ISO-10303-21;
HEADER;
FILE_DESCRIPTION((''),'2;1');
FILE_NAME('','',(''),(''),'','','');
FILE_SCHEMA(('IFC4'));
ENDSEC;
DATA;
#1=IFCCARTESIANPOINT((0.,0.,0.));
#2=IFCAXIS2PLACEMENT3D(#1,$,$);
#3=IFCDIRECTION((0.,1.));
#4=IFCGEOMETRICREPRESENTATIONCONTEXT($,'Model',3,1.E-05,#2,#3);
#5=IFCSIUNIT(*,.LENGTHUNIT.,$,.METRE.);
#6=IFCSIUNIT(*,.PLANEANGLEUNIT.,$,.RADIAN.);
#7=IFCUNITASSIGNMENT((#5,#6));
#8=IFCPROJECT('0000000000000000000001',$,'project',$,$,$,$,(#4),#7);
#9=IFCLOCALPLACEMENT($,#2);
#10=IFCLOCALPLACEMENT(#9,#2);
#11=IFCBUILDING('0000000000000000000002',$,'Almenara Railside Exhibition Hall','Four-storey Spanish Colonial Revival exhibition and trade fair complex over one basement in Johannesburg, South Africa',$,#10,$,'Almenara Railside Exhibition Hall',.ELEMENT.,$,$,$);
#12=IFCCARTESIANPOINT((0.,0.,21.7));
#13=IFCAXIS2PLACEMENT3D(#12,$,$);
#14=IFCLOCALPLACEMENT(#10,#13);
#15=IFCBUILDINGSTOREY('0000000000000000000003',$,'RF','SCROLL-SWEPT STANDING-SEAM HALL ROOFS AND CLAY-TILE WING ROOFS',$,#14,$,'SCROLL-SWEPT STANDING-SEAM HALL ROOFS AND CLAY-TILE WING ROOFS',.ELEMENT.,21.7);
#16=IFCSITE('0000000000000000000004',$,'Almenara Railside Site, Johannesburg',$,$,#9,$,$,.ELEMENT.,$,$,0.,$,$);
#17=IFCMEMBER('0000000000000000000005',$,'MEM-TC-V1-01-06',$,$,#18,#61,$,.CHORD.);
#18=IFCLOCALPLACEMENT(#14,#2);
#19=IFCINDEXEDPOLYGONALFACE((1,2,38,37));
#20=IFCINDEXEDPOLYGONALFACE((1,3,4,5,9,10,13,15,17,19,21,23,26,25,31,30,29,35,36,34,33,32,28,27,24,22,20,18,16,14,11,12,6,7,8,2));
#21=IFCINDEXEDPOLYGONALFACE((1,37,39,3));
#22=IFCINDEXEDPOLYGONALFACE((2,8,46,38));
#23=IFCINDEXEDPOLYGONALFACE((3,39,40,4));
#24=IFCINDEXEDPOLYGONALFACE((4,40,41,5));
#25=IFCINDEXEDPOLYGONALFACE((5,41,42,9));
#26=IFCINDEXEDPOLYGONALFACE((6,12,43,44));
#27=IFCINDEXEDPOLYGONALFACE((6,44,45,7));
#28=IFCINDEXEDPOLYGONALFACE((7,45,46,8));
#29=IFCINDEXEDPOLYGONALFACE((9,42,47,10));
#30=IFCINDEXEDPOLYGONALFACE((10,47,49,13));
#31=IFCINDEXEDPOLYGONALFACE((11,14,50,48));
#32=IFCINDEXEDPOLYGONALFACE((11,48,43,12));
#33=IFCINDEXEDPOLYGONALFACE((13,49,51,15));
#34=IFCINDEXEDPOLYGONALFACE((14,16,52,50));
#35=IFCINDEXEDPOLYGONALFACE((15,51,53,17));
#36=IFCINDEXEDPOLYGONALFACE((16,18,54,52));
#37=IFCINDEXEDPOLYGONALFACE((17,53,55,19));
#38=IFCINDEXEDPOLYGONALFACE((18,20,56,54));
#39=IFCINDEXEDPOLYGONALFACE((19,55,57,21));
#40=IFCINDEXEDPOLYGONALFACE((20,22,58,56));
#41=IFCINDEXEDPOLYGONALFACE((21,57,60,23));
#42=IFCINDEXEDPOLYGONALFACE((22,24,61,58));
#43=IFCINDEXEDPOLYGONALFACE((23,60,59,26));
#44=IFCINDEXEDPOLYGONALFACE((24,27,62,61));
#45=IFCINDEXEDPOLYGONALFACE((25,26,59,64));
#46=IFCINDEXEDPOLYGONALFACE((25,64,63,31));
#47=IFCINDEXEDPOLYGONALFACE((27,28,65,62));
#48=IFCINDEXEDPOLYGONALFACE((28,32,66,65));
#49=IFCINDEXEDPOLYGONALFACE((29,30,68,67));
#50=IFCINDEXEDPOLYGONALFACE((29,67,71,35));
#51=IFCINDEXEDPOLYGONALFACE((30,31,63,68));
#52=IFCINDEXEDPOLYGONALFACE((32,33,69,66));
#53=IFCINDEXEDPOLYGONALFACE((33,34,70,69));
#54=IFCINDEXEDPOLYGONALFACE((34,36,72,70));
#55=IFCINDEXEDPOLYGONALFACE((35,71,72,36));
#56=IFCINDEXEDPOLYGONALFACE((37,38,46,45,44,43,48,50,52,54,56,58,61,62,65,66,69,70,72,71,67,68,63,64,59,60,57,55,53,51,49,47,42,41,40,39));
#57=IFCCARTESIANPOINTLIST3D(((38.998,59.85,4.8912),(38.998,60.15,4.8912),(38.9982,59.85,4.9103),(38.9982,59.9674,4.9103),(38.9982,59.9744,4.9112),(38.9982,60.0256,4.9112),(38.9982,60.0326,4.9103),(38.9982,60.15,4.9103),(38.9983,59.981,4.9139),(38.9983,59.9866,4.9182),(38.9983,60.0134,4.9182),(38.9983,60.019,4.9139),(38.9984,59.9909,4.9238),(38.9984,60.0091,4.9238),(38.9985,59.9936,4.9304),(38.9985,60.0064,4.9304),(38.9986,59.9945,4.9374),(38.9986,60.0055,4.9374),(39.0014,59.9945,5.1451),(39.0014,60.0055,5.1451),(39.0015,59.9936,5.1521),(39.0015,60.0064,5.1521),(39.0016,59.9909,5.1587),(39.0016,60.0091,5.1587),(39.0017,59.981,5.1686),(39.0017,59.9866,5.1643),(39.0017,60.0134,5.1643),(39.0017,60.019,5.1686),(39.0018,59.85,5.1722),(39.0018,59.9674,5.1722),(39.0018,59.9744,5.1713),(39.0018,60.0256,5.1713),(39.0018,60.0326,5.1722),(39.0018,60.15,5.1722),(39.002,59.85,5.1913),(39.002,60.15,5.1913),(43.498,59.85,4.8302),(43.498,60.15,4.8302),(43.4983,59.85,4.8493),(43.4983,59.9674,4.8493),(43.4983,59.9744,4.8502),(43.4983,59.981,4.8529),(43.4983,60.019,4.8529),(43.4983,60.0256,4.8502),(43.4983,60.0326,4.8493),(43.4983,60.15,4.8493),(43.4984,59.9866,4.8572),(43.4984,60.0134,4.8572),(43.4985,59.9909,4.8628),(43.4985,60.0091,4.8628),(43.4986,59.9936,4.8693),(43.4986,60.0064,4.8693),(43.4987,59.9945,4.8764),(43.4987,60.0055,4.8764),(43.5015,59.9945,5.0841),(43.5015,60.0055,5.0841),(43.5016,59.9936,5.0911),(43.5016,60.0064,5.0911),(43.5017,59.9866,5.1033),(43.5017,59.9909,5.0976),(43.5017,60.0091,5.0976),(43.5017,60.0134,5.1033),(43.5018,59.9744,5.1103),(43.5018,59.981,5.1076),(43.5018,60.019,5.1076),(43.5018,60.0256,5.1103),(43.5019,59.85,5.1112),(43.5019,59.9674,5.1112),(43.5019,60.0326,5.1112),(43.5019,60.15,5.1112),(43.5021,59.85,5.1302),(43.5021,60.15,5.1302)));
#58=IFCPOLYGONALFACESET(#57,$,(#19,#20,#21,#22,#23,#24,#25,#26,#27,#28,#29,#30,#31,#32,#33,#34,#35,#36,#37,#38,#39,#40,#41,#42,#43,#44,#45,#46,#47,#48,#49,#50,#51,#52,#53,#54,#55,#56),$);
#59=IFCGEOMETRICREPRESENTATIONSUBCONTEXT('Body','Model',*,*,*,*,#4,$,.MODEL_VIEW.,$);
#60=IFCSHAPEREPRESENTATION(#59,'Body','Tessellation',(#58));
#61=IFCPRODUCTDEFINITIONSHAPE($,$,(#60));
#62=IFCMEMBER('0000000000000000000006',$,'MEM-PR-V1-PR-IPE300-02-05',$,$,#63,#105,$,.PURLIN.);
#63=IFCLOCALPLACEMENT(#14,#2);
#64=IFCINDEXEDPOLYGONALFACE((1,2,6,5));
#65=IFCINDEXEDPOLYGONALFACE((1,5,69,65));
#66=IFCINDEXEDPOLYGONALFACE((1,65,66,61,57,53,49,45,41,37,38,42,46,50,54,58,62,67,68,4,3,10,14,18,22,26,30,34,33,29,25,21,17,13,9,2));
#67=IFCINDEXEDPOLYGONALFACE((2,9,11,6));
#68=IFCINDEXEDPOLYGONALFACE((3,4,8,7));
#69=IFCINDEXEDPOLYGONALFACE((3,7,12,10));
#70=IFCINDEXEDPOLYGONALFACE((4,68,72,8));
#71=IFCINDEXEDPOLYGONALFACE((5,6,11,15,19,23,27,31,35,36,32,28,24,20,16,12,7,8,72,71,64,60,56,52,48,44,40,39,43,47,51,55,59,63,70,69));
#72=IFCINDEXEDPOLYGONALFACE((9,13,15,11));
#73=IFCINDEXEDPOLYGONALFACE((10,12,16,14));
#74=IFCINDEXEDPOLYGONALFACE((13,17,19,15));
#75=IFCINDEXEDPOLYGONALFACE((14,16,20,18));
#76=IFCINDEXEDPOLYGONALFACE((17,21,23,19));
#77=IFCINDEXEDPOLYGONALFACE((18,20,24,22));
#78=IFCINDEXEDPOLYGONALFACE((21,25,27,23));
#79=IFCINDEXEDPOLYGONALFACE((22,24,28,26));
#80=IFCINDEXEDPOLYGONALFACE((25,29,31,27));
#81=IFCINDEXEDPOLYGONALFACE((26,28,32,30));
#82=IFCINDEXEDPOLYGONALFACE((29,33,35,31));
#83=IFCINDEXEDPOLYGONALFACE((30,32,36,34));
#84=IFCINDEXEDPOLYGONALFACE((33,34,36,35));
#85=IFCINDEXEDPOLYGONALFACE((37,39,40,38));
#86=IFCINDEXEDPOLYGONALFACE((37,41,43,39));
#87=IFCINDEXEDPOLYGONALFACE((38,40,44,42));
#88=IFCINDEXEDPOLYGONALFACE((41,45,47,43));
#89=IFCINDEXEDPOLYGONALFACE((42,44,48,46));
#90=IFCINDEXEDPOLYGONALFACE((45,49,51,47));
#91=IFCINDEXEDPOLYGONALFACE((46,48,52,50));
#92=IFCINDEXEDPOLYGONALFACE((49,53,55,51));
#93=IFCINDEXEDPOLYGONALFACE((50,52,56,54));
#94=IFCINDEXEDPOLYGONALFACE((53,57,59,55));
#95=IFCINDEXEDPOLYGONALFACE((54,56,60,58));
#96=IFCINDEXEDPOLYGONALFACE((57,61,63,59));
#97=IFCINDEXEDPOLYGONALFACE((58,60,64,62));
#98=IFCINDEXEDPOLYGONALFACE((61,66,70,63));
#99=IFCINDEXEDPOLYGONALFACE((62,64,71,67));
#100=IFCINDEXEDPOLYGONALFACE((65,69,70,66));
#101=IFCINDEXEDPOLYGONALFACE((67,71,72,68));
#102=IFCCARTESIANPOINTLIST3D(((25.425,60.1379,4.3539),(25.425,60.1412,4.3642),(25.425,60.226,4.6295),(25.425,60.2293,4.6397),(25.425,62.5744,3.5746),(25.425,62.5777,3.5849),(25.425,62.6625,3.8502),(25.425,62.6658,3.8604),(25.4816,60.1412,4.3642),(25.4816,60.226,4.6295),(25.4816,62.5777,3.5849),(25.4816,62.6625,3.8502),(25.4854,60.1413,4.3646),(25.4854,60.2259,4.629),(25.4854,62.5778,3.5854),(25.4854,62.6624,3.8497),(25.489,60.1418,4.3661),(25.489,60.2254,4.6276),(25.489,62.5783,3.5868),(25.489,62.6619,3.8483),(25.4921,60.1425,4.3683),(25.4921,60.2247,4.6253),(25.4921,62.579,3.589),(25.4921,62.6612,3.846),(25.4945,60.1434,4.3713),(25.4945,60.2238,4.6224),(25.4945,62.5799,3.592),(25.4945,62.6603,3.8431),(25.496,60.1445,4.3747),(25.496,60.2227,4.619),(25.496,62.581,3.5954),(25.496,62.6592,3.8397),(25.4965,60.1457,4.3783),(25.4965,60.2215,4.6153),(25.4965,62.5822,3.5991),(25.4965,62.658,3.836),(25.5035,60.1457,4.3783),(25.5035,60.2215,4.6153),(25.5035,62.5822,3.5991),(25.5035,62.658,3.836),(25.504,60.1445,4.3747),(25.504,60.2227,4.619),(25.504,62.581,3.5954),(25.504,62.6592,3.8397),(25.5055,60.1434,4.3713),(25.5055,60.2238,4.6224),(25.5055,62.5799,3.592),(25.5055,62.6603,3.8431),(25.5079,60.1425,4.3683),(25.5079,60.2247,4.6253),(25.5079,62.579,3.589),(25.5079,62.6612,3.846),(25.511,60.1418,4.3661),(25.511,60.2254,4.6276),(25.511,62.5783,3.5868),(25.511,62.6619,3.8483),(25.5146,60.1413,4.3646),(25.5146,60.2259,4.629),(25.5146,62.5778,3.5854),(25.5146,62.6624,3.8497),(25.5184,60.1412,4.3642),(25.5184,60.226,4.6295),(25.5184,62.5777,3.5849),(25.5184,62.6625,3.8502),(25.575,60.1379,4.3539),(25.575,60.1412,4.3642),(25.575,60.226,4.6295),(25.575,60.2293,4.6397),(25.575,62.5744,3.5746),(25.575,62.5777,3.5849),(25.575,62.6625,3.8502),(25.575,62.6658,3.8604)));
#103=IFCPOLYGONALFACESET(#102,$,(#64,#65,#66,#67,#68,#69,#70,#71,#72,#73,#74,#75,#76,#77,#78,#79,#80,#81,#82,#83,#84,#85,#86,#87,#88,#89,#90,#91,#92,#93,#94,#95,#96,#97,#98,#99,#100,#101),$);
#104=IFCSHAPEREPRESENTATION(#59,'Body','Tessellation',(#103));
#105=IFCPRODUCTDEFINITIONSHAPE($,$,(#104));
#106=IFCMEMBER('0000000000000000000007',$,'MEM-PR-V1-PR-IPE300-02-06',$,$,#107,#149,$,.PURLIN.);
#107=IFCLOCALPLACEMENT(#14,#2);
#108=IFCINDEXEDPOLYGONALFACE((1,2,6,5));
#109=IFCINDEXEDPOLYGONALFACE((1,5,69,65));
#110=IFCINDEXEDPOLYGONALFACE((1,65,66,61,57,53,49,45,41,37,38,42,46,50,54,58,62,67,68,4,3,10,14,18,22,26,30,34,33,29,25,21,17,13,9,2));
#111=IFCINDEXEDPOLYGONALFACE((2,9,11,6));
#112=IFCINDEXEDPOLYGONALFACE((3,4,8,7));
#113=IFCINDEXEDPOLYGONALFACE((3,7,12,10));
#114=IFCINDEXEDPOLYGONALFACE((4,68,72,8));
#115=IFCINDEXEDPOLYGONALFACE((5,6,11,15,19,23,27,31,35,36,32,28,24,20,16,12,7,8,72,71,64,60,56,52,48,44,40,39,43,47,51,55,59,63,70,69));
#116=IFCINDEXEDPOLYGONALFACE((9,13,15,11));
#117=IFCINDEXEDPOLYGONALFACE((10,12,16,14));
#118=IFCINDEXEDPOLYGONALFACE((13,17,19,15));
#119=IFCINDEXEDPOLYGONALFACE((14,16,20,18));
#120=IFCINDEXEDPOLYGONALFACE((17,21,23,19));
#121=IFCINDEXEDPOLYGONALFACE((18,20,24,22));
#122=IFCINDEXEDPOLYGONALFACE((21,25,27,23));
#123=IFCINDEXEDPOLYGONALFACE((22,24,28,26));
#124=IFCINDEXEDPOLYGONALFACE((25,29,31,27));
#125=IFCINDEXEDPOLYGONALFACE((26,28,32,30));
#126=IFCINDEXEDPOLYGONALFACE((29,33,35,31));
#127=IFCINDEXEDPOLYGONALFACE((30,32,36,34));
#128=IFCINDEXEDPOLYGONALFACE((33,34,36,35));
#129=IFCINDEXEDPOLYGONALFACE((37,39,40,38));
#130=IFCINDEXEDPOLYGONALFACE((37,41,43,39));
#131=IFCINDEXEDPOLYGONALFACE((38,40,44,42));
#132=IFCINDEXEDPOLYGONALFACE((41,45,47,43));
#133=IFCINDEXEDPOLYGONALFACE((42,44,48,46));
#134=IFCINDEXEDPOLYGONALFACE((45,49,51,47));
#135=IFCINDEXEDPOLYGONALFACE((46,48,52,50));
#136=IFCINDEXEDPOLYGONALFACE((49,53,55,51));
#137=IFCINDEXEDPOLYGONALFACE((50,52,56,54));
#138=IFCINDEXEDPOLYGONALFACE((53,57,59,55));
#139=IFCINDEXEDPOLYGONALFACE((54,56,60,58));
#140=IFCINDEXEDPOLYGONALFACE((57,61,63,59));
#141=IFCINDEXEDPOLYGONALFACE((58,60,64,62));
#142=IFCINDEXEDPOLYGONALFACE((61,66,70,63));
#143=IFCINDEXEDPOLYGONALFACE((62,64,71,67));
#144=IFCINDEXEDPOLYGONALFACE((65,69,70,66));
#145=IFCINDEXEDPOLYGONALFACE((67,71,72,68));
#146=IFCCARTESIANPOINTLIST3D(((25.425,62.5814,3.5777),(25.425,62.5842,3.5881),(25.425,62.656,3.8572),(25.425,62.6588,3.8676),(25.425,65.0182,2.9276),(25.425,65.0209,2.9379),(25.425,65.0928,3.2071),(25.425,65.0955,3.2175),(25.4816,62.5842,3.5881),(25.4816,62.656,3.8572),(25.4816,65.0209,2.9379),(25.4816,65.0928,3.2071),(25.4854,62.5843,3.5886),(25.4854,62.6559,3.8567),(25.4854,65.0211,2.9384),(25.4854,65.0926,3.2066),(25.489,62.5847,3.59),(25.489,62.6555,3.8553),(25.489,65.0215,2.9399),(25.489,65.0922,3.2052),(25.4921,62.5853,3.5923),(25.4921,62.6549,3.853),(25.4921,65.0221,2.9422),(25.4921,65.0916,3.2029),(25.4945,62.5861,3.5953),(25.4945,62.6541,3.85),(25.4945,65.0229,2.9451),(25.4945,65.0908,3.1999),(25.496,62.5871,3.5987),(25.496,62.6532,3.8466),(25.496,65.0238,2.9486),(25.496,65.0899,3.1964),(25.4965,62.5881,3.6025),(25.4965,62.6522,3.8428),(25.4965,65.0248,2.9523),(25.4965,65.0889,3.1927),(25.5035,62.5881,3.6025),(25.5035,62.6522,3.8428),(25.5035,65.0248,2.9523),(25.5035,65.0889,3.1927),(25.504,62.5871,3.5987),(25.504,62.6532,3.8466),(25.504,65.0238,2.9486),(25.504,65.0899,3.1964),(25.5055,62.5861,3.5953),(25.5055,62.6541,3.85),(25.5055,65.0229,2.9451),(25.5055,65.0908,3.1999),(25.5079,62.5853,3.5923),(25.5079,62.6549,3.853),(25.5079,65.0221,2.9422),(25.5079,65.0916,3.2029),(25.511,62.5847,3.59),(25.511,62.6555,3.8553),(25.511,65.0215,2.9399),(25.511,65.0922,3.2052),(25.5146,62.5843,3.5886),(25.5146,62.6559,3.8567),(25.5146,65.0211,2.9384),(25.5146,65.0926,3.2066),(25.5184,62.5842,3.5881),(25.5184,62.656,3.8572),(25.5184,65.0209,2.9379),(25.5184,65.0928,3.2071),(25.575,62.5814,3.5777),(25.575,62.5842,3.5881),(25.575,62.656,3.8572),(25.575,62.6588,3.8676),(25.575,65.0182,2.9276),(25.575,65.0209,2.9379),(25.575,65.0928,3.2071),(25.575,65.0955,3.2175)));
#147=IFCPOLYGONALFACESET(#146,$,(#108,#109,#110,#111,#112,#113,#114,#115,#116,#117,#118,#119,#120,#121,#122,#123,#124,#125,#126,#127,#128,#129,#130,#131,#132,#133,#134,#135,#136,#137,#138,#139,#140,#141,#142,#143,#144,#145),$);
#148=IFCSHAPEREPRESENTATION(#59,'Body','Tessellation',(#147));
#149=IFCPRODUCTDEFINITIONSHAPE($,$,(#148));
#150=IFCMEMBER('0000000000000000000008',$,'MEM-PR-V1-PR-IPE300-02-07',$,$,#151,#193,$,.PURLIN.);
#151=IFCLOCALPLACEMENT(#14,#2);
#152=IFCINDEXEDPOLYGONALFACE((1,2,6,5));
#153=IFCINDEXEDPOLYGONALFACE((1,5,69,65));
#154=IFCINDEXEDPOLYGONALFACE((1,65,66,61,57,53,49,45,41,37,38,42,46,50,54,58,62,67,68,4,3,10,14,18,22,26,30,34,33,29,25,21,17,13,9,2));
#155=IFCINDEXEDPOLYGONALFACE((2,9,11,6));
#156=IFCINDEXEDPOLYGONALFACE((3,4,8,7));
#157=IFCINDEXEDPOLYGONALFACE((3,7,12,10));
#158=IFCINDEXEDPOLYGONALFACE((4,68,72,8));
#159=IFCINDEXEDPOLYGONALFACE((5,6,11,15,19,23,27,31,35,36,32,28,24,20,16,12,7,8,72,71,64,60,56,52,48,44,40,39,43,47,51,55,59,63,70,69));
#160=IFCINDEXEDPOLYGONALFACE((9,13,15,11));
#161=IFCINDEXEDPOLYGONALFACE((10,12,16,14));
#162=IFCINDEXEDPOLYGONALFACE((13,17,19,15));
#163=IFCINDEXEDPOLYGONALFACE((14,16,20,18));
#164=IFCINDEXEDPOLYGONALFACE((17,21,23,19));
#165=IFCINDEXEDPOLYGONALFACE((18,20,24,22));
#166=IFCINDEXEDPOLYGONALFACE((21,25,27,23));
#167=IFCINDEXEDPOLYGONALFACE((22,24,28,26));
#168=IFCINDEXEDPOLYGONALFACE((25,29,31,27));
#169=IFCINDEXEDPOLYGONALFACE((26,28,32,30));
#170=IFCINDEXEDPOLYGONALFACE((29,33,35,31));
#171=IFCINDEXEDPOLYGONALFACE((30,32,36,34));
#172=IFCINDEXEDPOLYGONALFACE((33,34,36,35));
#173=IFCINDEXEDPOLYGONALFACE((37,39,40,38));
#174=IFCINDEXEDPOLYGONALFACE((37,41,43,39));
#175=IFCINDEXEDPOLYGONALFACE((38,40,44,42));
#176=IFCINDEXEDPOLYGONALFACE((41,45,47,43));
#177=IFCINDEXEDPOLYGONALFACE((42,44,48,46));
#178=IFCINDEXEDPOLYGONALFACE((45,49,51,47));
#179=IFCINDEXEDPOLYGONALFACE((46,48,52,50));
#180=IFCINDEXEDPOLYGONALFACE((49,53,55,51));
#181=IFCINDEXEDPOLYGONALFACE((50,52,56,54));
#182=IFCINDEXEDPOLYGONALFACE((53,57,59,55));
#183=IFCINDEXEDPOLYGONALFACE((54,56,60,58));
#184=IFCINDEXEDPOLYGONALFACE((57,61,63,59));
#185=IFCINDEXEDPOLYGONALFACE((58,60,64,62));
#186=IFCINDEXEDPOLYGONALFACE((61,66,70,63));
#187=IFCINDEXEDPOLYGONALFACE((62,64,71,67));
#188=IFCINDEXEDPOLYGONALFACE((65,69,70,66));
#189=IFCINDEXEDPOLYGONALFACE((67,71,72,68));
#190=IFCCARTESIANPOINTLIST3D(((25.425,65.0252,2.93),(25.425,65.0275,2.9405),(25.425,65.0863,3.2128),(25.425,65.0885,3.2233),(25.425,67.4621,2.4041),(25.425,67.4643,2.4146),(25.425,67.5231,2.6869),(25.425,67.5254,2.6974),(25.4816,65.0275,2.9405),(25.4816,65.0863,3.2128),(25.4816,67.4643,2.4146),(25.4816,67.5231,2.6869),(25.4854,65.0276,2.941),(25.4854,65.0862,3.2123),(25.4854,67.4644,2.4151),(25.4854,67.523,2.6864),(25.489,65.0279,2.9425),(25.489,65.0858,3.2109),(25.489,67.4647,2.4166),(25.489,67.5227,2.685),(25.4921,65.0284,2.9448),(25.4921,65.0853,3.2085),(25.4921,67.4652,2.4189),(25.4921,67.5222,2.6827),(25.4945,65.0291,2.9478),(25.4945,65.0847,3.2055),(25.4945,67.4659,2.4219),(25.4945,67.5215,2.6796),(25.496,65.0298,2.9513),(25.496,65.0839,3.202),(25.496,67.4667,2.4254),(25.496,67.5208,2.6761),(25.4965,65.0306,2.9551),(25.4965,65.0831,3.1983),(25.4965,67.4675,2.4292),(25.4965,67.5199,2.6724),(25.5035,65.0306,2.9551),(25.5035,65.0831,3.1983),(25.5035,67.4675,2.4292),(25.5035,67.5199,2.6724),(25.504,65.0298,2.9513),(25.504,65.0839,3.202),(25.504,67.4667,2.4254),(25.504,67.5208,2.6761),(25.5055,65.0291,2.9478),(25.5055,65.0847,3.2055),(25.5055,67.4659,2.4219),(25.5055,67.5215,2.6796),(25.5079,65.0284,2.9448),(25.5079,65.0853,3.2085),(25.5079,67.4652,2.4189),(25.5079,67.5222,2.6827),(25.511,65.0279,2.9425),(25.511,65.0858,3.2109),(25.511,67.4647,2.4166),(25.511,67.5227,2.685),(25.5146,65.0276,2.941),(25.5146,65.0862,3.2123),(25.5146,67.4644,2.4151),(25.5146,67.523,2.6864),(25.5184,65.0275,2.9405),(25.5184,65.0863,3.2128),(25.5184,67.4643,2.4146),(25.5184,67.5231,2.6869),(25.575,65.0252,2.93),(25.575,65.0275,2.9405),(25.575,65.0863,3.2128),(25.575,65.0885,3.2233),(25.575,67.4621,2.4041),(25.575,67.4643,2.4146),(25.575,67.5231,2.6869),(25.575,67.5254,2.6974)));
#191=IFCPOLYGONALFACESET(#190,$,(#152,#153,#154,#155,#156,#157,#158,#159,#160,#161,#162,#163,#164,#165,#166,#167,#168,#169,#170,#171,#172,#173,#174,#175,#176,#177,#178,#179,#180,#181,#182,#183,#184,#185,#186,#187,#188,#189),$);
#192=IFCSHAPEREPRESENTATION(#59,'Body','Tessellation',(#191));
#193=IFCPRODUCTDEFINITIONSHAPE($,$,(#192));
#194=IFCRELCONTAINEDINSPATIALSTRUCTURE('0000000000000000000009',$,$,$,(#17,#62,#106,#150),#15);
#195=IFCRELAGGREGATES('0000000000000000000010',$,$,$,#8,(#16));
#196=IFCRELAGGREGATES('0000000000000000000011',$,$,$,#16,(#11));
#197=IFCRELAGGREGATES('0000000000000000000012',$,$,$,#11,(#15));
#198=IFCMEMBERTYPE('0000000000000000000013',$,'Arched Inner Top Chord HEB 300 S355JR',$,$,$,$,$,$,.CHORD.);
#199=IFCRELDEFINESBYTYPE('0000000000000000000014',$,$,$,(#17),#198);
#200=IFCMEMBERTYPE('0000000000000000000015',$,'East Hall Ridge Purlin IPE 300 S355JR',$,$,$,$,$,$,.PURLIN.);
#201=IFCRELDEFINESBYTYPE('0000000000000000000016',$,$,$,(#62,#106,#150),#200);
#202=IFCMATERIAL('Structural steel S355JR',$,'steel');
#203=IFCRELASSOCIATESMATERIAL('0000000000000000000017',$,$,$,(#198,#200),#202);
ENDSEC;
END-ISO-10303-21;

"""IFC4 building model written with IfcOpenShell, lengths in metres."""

from ifc_helpers import new_model, si_unit, direction, frame, origin, origin_2d, place, context, subcontext, project, spatial, i_section, extrude, material, material_profile, profile_set, type_object, element, save


model = new_model("IFC4")

# Units and contexts
model_context = context("Model", 3, precision=1e-05, world=origin(), true_north=direction((0.0, 1.0)))
body_context = subcontext(model_context, "Body", "Model", "MODEL_VIEW")
ifc_project = project(units=[si_unit("LENGTHUNIT", "METRE"), si_unit("PLANEANGLEUNIT", "RADIAN")], contexts=[model_context])

# Site, building, storey
site_placement = place(None, origin())
site = spatial("IfcSite", under=ifc_project, at=site_placement, Name="Almenara Railside Site, Johannesburg", CompositionType="ELEMENT", RefElevation=0.0)
building_placement = place(site_placement, origin())
building = spatial("IfcBuilding", under=site, at=building_placement, Name="Almenara Railside Exhibition Hall", Description="Four-storey Spanish Colonial Revival exhibition and trade fair complex over one basement in Johannesburg, South Africa", LongName="Almenara Railside Exhibition Hall", CompositionType="ELEMENT")
storey_placement = place(building_placement, frame((0.0, 0.0, 21.7)))
storey = spatial("IfcBuildingStorey", under=building, at=storey_placement, Name="RF", Description="SCROLL-SWEPT STANDING-SEAM HALL ROOFS AND CLAY-TILE WING ROOFS", LongName="SCROLL-SWEPT STANDING-SEAM HALL ROOFS AND CLAY-TILE WING ROOFS", CompositionType="ELEMENT", Elevation=21.7)

# Members
ifc_material_1 = material(Name="Structural steel S355JR", Category="steel")
ifc_material_profile_1 = material_profile(ifc_material_1, i_section(OverallWidth=0.3, OverallDepth=0.3, WebThickness=0.011, FlangeThickness=0.019, FilletRadius=0.0271, at=origin_2d()), Name="HEB 300")
ifc_profile_set_1 = profile_set([ifc_material_profile_1], Name="Structural steel S355JR")
member_type_1 = type_object("IfcMemberType", Name="Arched Inner Top Chord HEB 300 S355JR", PredefinedType="CHORD", material=ifc_profile_set_1)
for number, where, z_axis, x_axis, name in (
    (1, (39.0, 60.0, 5.0413), (0.999908, 0.0, -0.013562), (0.0, 1.0, 0.0), "MEM-TC-V1-01-06"),
):
    element("IfcMember", number, at=place(storey_placement, frame(where, z_axis=z_axis, x_axis=x_axis)), inside=storey, type_object=member_type_1, Name=name, PredefinedType="CHORD", context=body_context, shape_type="SweptSolid", body=[
        extrude(i_section(OverallWidth=0.3, OverallDepth=0.3, WebThickness=0.011, FlangeThickness=0.019, FilletRadius=0.0271, at=origin_2d()), origin(), (0.0, 0.0, 1.0), 4.5005),
    ])
ifc_material_profile_2 = material_profile(ifc_material_1, i_section(OverallWidth=0.1499, OverallDepth=0.3, WebThickness=0.0071, FlangeThickness=0.0107, FilletRadius=0.0149, at=origin_2d()), Name="IPE 300")
ifc_profile_set_2 = profile_set([ifc_material_profile_2], Name="Structural steel S355JR")
member_type_2 = type_object("IfcMemberType", Name="East Hall Ridge Purlin IPE 300 S355JR", PredefinedType="PURLIN", material=ifc_profile_set_2)
member_1_placement = place(storey_placement, frame((25.5, 60.1836, 4.4968), z_axis=(0.0, 0.952468, -0.304637), x_axis=(-1.0, 0.0, 0.0)))
element("IfcMember", 2, at=member_1_placement, inside=storey, type_object=member_type_2, Name="MEM-PR-V1-PR-IPE300-02-05", PredefinedType="PURLIN", context=body_context, shape_type="SweptSolid", body=[
    extrude(i_section(OverallWidth=0.1499, OverallDepth=0.3, WebThickness=0.0071, FlangeThickness=0.0107, FilletRadius=0.0149, at=origin_2d()), origin(), (0.0, 0.0, 1.0), 2.5581),
])
member_2_placement = place(storey_placement, frame((25.5, 62.6201, 3.7227), z_axis=(0.0, 0.966201, -0.257789), x_axis=(-1.0, 0.0, 0.0)))
element("IfcMember", 3, at=member_2_placement, inside=storey, type_object=member_type_2, Name="MEM-PR-V1-PR-IPE300-02-06", PredefinedType="PURLIN", context=body_context, shape_type="SweptSolid", body=[
    extrude(i_section(OverallWidth=0.1499, OverallDepth=0.3, WebThickness=0.0071, FlangeThickness=0.0107, FilletRadius=0.0149, at=origin_2d()), origin(), (0.0, 0.0, 1.0), 2.522),
])
member_3_placement = place(storey_placement, frame((25.5, 65.0569, 3.0767), z_axis=(0.0, 0.977496, -0.210953), x_axis=(-1.0, 0.0, 0.0)))
element("IfcMember", 4, at=member_3_placement, inside=storey, type_object=member_type_2, Name="MEM-PR-V1-PR-IPE300-02-07", PredefinedType="PURLIN", context=body_context, shape_type="SweptSolid", body=[
    extrude(i_section(OverallWidth=0.1499, OverallDepth=0.3, WebThickness=0.0071, FlangeThickness=0.0107, FilletRadius=0.0149, at=origin_2d()), origin(), (0.0, 0.0, 1.0), 2.4929),
])

save(model, "model.ifc")
